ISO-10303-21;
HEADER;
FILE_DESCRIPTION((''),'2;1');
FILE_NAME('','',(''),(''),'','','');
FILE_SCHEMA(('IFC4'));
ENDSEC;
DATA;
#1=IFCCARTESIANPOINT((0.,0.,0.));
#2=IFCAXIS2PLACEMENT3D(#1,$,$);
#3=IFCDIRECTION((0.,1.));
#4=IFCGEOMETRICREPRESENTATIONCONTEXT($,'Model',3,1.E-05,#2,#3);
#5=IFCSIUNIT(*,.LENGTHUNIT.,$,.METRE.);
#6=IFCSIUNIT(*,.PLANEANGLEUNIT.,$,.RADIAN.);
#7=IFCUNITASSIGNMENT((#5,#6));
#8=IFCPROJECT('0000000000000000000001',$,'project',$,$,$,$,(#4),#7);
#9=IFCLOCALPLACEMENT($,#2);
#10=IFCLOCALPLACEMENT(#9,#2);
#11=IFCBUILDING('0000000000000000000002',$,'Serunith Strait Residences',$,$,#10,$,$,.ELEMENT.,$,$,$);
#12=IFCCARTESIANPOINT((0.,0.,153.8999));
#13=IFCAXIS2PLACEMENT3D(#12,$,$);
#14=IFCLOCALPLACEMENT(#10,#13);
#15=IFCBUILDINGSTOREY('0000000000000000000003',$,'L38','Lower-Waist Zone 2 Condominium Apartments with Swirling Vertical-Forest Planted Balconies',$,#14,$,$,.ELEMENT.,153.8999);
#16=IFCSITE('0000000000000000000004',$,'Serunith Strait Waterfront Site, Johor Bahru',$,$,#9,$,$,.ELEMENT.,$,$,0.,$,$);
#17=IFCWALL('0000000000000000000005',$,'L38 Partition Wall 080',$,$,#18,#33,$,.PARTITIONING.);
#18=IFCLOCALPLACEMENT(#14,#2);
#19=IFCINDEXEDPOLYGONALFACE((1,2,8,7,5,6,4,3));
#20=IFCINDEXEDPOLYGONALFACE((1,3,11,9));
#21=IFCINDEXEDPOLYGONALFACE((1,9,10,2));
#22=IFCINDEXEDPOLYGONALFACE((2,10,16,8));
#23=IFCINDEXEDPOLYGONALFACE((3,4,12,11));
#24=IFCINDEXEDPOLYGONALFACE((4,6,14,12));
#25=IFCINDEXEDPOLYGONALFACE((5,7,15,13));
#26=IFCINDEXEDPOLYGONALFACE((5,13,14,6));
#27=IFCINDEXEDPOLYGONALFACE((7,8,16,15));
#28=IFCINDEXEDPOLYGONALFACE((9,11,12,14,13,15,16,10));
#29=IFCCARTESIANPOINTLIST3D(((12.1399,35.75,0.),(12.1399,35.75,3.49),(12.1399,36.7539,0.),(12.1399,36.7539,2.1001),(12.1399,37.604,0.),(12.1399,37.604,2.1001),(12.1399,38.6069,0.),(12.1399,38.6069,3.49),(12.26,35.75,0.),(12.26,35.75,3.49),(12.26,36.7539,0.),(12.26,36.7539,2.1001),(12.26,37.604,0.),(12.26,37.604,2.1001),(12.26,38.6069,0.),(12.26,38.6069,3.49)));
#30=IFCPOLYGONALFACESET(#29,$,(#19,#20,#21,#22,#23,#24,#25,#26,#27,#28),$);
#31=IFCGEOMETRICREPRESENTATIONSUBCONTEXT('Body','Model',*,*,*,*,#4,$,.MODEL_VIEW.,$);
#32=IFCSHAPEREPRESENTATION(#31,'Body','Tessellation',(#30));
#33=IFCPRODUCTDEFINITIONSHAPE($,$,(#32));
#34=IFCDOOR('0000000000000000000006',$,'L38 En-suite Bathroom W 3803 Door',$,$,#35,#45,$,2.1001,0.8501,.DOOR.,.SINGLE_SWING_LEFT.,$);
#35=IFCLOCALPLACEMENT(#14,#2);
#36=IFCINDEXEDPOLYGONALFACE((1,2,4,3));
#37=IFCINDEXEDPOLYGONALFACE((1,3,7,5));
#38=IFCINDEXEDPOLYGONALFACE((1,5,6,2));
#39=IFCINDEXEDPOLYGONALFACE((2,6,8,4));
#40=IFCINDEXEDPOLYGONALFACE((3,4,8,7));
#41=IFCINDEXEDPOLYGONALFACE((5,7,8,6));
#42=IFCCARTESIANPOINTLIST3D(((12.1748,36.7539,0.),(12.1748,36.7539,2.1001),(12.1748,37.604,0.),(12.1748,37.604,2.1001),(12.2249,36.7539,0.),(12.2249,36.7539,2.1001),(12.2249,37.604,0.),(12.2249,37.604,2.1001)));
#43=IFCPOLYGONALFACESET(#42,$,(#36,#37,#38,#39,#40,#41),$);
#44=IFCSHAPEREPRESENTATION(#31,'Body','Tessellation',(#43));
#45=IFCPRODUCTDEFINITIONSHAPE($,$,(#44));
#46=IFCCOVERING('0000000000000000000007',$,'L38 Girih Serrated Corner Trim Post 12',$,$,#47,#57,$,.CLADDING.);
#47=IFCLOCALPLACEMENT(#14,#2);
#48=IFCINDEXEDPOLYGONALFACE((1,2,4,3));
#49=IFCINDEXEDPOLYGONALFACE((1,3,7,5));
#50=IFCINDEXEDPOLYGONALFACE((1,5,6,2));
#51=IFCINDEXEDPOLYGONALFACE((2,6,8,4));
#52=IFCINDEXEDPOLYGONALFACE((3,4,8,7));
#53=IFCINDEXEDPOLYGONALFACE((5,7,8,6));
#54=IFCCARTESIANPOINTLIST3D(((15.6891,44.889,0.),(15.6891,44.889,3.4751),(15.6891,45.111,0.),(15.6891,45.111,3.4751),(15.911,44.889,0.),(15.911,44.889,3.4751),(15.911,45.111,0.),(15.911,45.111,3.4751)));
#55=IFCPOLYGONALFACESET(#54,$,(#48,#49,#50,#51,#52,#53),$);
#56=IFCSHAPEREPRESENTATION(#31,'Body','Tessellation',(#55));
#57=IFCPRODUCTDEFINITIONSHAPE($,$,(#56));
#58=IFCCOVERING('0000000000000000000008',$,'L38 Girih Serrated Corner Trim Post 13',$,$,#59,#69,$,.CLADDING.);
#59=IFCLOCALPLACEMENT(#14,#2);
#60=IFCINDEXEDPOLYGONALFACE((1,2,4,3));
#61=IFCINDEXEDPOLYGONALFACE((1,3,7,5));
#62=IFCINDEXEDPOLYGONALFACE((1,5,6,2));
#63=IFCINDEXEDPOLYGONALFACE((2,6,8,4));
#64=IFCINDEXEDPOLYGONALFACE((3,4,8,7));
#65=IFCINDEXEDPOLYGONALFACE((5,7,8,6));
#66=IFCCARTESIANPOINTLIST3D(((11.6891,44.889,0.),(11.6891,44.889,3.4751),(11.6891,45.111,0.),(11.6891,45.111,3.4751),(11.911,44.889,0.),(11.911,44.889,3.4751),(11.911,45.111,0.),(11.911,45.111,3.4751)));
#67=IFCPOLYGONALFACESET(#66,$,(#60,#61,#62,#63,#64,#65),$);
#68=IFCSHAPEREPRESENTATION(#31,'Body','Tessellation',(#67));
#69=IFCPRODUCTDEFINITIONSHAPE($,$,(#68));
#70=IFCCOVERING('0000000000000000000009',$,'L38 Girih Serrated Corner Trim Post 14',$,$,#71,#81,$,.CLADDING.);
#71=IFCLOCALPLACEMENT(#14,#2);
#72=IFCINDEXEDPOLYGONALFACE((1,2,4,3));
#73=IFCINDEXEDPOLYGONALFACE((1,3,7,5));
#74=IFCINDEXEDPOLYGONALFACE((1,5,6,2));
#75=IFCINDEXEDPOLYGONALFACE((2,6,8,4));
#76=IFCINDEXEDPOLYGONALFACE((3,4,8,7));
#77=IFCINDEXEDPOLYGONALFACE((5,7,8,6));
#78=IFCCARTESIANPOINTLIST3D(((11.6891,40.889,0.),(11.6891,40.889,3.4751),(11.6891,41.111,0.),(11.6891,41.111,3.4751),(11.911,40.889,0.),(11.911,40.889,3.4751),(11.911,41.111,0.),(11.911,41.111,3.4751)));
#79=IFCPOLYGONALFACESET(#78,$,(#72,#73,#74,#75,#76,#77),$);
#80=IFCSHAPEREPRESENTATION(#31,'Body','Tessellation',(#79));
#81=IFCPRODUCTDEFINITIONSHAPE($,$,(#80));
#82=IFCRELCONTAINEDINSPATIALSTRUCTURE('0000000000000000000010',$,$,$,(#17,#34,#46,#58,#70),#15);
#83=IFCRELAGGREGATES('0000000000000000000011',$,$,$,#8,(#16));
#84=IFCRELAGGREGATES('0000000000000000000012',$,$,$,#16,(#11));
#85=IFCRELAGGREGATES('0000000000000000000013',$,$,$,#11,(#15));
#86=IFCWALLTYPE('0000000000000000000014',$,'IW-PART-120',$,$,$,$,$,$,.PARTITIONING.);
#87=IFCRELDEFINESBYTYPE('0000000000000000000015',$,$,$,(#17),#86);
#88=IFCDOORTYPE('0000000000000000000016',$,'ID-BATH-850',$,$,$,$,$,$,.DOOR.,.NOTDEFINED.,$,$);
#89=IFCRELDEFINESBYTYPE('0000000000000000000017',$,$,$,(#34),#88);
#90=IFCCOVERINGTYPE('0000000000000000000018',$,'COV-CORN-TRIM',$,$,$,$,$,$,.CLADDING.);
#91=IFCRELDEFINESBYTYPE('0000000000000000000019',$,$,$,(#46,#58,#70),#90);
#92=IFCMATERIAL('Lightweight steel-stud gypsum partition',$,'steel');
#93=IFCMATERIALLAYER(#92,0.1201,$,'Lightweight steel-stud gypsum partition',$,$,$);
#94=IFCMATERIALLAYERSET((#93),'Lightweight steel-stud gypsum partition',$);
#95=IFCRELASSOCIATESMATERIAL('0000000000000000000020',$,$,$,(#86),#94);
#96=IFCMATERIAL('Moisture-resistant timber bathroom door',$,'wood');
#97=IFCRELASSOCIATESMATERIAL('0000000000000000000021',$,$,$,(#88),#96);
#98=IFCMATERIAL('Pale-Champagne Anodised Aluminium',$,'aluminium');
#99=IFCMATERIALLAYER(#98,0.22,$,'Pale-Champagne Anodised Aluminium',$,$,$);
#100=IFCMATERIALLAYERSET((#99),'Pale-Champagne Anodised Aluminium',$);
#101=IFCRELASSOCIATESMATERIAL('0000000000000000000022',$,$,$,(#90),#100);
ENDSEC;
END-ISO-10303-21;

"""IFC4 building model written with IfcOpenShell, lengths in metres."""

from ifc_helpers import new_model, si_unit, direction, frame, frame_2d, origin, origin_2d, place, context, subcontext, project, spatial, rectangle, extrude, source, transform, mapped, material, layer, layer_set, type_object, element, fill, save


model = new_model("IFC4")

# Units and contexts
model_context = context("Model", 3, precision=1e-05, world=origin(), true_north=direction((0.0, 1.0)))
body_context = subcontext(model_context, "Body", "Model", "MODEL_VIEW")
ifc_project = project(units=[si_unit("LENGTHUNIT", "METRE"), si_unit("PLANEANGLEUNIT", "RADIAN")], contexts=[model_context])

# Site, building, storey
site_placement = place(None, origin())
site = spatial("IfcSite", under=ifc_project, at=site_placement, Name="Serunith Strait Waterfront Site, Johor Bahru", CompositionType="ELEMENT", RefElevation=0.0)
building_placement = place(site_placement, origin())
building = spatial("IfcBuilding", under=site, at=building_placement, Name="Serunith Strait Residences", CompositionType="ELEMENT")
storey_placement = place(building_placement, frame((0.0, 0.0, 153.8999)))
storey = spatial("IfcBuildingStorey", under=building, at=storey_placement, Name="L38", Description="Lower-Waist Zone 2 Condominium Apartments with Swirling Vertical-Forest Planted Balconies", CompositionType="ELEMENT", Elevation=153.8999)

# Shared definitions
ifc_material_1 = material(Name="Pale-Champagne Anodised Aluminium", Category="aluminium")

# Shared definitions
ifc_material_2 = material(Name="Lightweight steel-stud gypsum partition", Category="steel")
ifc_layer_1 = layer(ifc_material_2, 0.1201, Name="Lightweight steel-stud gypsum partition")
ifc_layer_set_1 = layer_set([ifc_layer_1], Name="Lightweight steel-stud gypsum partition")
wall_type_1 = type_object("IfcWallType", Name="IW-PART-120", PredefinedType="PARTITIONING", material=ifc_layer_set_1)

# Wall, opening, door
wall_1_placement = place(storey_placement, frame((12.2, 38.6069, 0.0), z_axis=(0.0, 0.0, 1.0), x_axis=(0.0, -1.0, 0.0)))
wall_1 = element("IfcWall", 1, at=wall_1_placement, inside=storey, type_object=wall_type_1, Name="L38 Partition Wall 080", PredefinedType="PARTITIONING", context=body_context, shape_type="SweptSolid", body=[
    extrude(rectangle(XDim=2.8569, YDim=0.1201, at=frame_2d((1.4285, 0.0))), origin(), (0.0, 0.0, 1.0), 3.49),
])
opening_1_placement = place(wall_1_placement, frame((1.0029, 0.0, 0.0)))
opening_1 = element("IfcOpeningElement", 2, at=opening_1_placement, cuts=wall_1, PredefinedType="OPENING", context=body_context, shape_type="SweptSolid", body=[
    extrude(rectangle(XDim=0.8501, YDim=2.1001, at=frame_2d((0.425, 1.05))), frame((0.0, 0.0701, 0.0), z_axis=(0.0, -1.0, 0.0), x_axis=(1.0, 0.0, 0.0)), (0.0, 0.0, 1.0), 0.1401),
])
ifc_material_3 = material(Name="Moisture-resistant timber bathroom door", Category="wood")
door_type = type_object("IfcDoorType", Name="ID-BATH-850", OperationType="NOTDEFINED", PredefinedType="DOOR", material=ifc_material_3)
shared_shape_1 = source(origin(), body_context, "Body", "SweptSolid", [
    extrude(rectangle(XDim=0.8501, YDim=2.1001, at=frame_2d((0.425, 1.05))), frame((0.0, 0.0249, 0.0), z_axis=(0.0, -1.0, 0.0), x_axis=(1.0, 0.0, 0.0)), (0.0, 0.0, 1.0), 0.05),
])
door_placement = place(opening_1_placement, origin())
door = element("IfcDoor", 3, at=door_placement, inside=storey, type_object=door_type, Name="L38 En-suite Bathroom W 3803 Door", OperationType="SINGLE_SWING_LEFT", OverallHeight=2.1001, OverallWidth=0.8501, PredefinedType="DOOR", context=body_context, shape_type="MappedRepresentation", body=[
    mapped(shared_shape_1, transform((0.0, 0.0, 0.0), scale=1.0)),
])
fill(opening_1, door)

# Coverings
ifc_layer_2 = layer(ifc_material_1, 0.22, Name="Pale-Champagne Anodised Aluminium")
ifc_layer_set_2 = layer_set([ifc_layer_2], Name="Pale-Champagne Anodised Aluminium")
covering_type = type_object("IfcCoveringType", Name="COV-CORN-TRIM", PredefinedType="CLADDING", material=ifc_layer_set_2)
shared_shape_2 = source(origin(), body_context, "Body", "SweptSolid", [
    extrude(rectangle(XDim=0.2219, YDim=0.2219, at=origin_2d()), origin(), (0.0, 0.0, 1.0), 3.4751),
])
for number, where, z_axis, x_axis, name in (
    (4, (15.8, 45.0, 0.0), (0.0, 0.0, 1.0), (1.0, 0.0, 0.0), "L38 Girih Serrated Corner Trim Post 12"),
    (5, (11.8, 45.0, 0.0), (0.0, 0.0, 1.0), (1.0, 0.0, 0.0), "L38 Girih Serrated Corner Trim Post 13"),
    (6, (11.8, 41.0, 0.0), (0.0, 0.0, 1.0), (1.0, 0.0, 0.0), "L38 Girih Serrated Corner Trim Post 14"),
):
    element("IfcCovering", number, at=place(storey_placement, frame(where, z_axis=z_axis, x_axis=x_axis)), inside=storey, type_object=covering_type, Name=name, PredefinedType="CLADDING", context=body_context, shape_type="MappedRepresentation", body=[
        mapped(shared_shape_2, transform((0.0, 0.0, 0.0), scale=1.0)),
    ])

save(model, "model.ifc")
